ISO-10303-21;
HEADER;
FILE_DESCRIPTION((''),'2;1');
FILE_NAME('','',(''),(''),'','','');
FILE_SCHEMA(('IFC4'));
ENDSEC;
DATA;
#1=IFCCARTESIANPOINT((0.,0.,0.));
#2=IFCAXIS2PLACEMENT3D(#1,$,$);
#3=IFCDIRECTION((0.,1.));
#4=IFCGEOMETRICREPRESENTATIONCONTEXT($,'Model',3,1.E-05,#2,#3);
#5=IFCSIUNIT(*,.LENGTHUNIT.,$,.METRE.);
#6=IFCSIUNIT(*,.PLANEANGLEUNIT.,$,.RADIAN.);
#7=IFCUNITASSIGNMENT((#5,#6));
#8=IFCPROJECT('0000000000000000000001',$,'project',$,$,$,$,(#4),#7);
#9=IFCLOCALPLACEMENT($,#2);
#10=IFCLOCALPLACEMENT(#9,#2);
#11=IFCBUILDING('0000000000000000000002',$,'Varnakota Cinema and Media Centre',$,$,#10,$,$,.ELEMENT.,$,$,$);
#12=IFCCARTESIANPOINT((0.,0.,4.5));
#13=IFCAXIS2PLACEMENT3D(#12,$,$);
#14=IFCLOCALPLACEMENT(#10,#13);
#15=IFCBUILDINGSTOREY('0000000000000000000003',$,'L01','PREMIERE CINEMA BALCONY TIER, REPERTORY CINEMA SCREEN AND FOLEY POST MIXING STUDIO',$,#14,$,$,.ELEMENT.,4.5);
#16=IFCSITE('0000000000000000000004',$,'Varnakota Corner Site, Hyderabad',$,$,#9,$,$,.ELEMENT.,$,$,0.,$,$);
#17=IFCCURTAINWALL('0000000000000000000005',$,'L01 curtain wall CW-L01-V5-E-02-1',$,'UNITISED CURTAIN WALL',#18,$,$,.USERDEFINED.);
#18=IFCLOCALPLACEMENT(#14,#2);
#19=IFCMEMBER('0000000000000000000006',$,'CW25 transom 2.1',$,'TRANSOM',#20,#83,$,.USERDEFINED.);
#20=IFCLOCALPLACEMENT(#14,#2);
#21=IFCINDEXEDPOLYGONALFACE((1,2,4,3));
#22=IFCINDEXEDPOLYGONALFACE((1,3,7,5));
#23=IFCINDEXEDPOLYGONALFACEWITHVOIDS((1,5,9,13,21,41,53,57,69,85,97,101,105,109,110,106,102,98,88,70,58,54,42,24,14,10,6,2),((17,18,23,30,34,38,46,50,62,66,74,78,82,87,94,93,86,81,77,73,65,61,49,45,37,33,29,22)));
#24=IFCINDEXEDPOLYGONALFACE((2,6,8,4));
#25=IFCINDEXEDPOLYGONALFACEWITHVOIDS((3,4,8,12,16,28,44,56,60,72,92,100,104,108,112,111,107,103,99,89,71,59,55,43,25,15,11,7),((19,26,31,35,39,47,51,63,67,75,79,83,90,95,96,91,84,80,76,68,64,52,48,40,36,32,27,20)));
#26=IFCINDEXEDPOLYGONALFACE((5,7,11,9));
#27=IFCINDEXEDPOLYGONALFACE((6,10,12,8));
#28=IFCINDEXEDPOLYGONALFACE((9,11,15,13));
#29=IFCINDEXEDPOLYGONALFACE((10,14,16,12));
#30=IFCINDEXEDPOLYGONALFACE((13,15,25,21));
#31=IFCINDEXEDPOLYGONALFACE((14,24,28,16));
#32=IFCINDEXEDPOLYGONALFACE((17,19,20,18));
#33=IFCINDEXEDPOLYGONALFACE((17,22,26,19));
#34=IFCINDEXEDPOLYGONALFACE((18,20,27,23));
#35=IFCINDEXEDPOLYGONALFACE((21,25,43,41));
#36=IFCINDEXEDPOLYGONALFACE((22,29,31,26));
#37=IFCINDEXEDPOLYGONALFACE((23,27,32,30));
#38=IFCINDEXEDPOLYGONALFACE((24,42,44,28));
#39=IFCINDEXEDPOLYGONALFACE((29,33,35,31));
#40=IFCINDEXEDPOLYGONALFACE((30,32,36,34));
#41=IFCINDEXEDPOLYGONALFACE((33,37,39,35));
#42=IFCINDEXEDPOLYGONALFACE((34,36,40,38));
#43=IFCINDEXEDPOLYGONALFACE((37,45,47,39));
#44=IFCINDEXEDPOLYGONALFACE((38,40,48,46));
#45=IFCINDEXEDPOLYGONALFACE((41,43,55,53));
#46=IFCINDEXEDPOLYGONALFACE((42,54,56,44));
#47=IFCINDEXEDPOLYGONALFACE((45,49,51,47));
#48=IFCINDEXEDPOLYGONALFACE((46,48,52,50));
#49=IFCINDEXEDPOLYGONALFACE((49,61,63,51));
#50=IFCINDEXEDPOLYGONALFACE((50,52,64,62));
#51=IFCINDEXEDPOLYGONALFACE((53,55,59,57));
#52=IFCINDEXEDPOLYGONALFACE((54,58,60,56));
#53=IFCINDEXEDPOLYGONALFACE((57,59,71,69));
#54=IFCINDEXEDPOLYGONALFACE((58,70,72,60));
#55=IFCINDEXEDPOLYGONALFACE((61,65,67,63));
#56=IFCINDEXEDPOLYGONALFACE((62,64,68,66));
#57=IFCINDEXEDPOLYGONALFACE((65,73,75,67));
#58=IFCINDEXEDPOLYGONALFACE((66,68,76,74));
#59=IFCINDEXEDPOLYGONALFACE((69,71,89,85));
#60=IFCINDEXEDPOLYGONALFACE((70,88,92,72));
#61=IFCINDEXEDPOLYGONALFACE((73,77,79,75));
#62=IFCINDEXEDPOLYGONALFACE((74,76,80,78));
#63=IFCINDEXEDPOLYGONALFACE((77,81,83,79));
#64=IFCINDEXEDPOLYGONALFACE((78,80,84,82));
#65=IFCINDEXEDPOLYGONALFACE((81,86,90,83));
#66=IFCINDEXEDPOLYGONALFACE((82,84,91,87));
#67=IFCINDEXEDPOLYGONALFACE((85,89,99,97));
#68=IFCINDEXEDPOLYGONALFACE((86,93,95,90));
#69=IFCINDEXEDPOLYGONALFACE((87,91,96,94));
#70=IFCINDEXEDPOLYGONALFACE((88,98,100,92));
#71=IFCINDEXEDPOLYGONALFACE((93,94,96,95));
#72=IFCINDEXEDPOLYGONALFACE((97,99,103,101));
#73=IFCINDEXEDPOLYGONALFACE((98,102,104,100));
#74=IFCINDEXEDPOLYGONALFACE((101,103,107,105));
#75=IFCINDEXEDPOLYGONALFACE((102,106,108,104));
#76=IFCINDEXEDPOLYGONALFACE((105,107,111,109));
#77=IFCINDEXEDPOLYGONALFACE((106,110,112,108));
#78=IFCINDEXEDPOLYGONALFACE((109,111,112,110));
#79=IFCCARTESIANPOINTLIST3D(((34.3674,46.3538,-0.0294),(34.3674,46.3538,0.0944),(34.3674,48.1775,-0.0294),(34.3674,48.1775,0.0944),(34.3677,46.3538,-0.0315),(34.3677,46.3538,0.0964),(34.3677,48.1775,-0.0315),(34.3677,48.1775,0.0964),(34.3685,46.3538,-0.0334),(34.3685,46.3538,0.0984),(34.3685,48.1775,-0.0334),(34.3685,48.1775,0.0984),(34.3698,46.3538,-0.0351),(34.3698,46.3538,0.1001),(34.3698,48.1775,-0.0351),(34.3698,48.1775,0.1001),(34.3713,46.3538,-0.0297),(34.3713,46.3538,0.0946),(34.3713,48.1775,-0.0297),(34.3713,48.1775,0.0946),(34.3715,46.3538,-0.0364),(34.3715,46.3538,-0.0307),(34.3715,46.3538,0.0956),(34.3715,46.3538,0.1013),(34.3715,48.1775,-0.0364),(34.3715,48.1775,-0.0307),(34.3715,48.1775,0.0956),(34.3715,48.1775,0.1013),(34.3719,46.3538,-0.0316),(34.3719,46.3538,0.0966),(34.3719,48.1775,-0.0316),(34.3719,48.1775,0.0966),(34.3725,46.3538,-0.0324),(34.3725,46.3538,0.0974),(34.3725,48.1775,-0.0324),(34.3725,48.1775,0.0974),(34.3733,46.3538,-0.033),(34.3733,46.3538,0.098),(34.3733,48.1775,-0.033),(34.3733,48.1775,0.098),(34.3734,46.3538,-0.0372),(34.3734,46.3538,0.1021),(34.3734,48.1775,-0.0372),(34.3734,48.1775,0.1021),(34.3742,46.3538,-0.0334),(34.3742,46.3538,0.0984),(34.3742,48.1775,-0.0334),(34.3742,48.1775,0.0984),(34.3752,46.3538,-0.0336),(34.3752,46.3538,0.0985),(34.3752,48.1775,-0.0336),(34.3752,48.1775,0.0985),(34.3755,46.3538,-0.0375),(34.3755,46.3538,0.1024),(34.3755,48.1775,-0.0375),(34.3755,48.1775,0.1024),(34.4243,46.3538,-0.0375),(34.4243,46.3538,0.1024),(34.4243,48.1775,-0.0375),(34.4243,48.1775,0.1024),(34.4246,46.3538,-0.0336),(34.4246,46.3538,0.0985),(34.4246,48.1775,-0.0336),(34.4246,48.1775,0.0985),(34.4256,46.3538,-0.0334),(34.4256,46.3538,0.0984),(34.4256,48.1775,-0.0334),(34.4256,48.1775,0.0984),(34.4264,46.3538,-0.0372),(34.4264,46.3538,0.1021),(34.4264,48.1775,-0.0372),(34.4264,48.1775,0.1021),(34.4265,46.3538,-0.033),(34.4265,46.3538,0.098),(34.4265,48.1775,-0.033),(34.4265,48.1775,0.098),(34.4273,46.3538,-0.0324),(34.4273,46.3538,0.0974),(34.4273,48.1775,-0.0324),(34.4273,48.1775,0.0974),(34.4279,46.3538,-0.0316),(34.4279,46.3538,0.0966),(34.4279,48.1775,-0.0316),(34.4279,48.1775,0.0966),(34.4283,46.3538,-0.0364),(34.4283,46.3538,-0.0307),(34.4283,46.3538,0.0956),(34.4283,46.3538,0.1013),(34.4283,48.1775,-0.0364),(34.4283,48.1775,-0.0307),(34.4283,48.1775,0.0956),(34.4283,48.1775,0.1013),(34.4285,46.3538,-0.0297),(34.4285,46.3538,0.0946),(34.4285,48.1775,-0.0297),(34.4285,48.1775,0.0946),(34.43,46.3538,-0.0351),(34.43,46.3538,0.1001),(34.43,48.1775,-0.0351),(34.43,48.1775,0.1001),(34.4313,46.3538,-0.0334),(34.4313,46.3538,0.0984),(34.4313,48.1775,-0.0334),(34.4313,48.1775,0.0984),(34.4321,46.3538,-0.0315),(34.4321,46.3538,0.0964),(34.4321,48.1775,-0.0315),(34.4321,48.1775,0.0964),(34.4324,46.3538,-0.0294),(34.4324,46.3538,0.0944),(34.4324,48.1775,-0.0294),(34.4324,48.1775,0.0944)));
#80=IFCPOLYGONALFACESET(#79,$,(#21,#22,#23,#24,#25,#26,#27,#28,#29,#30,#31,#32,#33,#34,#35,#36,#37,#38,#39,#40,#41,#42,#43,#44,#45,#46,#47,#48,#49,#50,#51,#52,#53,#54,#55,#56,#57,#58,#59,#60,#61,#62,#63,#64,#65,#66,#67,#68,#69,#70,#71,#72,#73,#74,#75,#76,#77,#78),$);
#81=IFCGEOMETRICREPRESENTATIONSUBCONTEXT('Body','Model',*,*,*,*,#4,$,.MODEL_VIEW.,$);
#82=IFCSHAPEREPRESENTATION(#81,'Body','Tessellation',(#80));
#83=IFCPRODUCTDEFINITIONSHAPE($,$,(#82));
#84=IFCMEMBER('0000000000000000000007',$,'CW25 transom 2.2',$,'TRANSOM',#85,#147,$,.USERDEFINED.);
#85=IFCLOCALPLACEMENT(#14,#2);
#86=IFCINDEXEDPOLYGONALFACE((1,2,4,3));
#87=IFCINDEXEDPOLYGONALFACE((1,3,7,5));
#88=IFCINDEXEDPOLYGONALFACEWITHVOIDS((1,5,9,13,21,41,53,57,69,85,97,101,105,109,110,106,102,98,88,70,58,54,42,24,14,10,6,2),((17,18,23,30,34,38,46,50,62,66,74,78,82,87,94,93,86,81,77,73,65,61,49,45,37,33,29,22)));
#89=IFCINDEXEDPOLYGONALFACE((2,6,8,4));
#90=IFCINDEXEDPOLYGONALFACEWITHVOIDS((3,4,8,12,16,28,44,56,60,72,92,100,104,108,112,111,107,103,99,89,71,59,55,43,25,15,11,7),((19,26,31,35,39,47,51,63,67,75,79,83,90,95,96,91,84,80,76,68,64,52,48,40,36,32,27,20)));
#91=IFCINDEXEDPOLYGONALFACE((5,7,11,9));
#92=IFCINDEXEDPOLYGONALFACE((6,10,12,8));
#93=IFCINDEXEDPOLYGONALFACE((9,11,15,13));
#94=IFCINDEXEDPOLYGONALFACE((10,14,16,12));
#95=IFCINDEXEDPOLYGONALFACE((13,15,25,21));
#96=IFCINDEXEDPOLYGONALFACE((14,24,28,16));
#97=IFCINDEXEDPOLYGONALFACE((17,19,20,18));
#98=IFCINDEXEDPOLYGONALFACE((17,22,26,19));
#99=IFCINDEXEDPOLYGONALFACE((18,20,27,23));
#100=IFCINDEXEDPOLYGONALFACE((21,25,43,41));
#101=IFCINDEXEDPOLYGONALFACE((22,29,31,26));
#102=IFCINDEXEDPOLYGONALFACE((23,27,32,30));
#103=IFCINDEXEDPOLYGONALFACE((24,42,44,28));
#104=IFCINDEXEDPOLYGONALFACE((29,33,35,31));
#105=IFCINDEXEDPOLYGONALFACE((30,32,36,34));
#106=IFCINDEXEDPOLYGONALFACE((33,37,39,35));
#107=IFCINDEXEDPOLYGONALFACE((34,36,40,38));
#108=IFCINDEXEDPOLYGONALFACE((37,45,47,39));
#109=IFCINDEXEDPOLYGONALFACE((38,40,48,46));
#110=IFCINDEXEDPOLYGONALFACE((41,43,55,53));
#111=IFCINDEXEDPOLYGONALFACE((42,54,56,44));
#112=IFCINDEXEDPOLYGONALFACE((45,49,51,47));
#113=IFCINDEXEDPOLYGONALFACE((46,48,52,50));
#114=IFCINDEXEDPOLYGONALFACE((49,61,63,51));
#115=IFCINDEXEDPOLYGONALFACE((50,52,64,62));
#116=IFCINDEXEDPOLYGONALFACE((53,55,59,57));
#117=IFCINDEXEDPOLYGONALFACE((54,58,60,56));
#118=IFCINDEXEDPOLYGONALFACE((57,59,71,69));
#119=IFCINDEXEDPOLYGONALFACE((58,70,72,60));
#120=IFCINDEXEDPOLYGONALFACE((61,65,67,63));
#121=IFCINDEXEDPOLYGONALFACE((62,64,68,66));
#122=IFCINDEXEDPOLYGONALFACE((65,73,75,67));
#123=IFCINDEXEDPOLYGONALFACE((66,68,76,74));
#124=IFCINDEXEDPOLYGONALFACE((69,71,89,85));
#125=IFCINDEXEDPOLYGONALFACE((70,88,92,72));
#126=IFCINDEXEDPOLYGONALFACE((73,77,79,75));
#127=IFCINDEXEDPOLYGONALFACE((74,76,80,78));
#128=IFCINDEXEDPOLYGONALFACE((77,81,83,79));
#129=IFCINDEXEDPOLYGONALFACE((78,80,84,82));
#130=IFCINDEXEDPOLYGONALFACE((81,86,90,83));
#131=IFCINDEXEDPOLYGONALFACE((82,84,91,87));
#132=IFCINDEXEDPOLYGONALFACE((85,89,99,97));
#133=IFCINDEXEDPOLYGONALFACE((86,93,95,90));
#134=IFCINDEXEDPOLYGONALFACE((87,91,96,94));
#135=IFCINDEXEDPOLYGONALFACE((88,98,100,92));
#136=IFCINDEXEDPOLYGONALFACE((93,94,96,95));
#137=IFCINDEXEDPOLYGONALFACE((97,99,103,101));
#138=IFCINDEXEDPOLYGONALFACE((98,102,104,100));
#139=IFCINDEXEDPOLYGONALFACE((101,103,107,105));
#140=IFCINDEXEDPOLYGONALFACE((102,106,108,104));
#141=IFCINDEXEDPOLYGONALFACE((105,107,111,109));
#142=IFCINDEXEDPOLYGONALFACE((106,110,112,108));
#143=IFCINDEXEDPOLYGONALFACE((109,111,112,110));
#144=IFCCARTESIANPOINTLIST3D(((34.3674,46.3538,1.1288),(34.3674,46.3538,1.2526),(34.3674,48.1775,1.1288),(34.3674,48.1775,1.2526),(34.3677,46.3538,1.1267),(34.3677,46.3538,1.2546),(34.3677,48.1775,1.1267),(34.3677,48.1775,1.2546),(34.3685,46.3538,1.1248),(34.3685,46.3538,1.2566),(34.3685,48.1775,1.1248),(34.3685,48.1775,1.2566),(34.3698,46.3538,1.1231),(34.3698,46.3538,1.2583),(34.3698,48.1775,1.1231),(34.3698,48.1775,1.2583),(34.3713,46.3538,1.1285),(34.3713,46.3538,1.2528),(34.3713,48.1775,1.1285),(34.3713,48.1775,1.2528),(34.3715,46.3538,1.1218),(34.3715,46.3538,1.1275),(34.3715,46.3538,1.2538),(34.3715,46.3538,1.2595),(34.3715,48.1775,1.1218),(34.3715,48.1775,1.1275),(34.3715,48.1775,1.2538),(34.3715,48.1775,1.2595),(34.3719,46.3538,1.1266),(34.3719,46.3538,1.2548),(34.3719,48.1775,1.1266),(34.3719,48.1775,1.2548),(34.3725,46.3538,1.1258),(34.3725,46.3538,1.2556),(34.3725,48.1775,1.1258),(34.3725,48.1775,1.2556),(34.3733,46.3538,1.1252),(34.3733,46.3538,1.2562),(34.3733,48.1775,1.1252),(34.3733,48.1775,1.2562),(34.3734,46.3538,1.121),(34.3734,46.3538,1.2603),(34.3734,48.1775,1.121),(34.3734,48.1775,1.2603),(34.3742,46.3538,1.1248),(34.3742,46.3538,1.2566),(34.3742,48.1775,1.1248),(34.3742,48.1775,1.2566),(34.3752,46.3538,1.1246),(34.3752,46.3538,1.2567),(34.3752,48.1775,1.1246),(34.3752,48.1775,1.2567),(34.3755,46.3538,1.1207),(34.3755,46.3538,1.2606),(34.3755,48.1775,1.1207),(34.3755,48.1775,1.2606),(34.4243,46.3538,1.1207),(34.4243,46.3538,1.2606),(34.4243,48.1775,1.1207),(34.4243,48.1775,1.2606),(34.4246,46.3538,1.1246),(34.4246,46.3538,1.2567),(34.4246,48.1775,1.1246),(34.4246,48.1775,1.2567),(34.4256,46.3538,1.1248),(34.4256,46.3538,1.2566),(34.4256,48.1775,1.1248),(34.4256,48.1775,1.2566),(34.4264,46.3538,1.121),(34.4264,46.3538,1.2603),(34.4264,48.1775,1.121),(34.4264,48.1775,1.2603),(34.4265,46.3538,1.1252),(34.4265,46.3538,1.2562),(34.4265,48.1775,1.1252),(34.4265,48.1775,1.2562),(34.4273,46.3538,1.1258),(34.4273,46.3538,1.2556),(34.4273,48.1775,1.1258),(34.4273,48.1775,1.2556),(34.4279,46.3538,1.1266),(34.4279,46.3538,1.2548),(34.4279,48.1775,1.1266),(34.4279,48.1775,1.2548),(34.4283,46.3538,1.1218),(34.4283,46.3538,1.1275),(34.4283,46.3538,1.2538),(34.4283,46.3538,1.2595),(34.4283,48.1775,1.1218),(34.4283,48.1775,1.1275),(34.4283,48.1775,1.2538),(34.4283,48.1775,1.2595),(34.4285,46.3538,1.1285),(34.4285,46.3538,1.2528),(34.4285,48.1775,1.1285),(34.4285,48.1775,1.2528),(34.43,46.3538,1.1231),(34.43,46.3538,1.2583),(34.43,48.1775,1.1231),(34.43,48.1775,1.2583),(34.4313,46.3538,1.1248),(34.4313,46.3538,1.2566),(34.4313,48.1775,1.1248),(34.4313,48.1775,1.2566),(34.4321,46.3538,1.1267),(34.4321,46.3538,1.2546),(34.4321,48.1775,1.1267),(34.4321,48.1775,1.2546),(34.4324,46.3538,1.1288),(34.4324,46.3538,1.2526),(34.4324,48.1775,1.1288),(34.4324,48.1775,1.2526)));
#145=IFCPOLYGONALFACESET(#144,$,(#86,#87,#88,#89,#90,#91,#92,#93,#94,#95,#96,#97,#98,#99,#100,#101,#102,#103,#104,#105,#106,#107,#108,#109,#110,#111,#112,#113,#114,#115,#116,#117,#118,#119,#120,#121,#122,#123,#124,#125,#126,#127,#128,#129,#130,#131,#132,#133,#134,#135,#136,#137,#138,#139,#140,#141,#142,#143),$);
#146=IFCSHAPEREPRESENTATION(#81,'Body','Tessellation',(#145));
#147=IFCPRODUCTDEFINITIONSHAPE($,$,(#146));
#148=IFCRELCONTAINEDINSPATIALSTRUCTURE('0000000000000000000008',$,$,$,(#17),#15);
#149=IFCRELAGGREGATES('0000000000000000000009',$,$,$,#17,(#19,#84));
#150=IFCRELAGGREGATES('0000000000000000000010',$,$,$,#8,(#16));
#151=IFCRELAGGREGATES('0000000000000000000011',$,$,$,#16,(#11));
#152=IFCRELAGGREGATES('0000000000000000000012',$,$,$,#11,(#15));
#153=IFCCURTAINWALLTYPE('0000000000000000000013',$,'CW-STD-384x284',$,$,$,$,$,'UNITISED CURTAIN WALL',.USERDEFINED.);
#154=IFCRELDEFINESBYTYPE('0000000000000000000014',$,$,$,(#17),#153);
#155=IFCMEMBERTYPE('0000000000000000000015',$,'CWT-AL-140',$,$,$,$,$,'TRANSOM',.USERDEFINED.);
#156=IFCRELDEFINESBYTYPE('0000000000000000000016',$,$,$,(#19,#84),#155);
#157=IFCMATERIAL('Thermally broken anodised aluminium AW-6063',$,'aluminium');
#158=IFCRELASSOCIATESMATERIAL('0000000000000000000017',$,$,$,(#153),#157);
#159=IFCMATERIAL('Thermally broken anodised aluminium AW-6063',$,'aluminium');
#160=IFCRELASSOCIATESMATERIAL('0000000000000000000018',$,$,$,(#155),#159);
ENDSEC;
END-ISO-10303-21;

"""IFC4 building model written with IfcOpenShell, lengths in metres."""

from ifc_helpers import new_model, si_unit, direction, frame, origin, origin_2d, place, context, subcontext, project, spatial, hollow_rectangle, extrude, material, material_profile, profile_set, type_object, element, aggregate, save


model = new_model("IFC4")

# Units and contexts
model_context = context("Model", 3, precision=1e-05, world=origin(), true_north=direction((0.0, 1.0)))
body_context = subcontext(model_context, "Body", "Model", "MODEL_VIEW")
ifc_project = project(units=[si_unit("LENGTHUNIT", "METRE"), si_unit("PLANEANGLEUNIT", "RADIAN")], contexts=[model_context])

# Site, building, storey
site_placement = place(None, origin())
site = spatial("IfcSite", under=ifc_project, at=site_placement, Name="Varnakota Corner Site, Hyderabad", CompositionType="ELEMENT", RefElevation=0.0)
building_placement = place(site_placement, origin())
building = spatial("IfcBuilding", under=site, at=building_placement, Name="Varnakota Cinema and Media Centre", CompositionType="ELEMENT")
storey_placement = place(building_placement, frame((0.0, 0.0, 4.5)))
storey = spatial("IfcBuildingStorey", under=building, at=storey_placement, Name="L01", Description="PREMIERE CINEMA BALCONY TIER, REPERTORY CINEMA SCREEN AND FOLEY POST MIXING STUDIO", CompositionType="ELEMENT", Elevation=4.5)

# Curtain wall
ifc_material_1 = material(Name="Thermally broken anodised aluminium AW-6063", Category="aluminium")
curtain_wall_type = type_object("IfcCurtainWallType", Name="CW-STD-384x284", ElementType="UNITISED CURTAIN WALL", PredefinedType="USERDEFINED", material=ifc_material_1)
curtain_wall_1_placement = place(storey_placement, origin())
curtain_wall_1 = element("IfcCurtainWall", 1, at=curtain_wall_1_placement, inside=storey, type_object=curtain_wall_type, Name="L01 curtain wall CW-L01-V5-E-02-1", ObjectType="UNITISED CURTAIN WALL", PredefinedType="USERDEFINED")

# Members
ifc_material_2 = material(Name="Thermally broken anodised aluminium AW-6063", Category="aluminium")
ifc_material_profile_1 = material_profile(ifc_material_2, hollow_rectangle(XDim=0.0649, YDim=0.1399, WallThickness=0.0039, InnerFilletRadius=0.0039, OuterFilletRadius=0.0081, at=origin_2d()), Name="AL-TRANSOM 140x65x4")
ifc_profile_set_1 = profile_set([ifc_material_profile_1], Name="Thermally broken anodised aluminium AW-6063")
member_type_1 = type_object("IfcMemberType", Name="CWT-AL-140", ElementType="TRANSOM", PredefinedType="USERDEFINED", material=ifc_profile_set_1)
member_1_placement = place(storey_placement, frame((34.3999, 46.3538, 0.0325), z_axis=(0.0, 1.0, 0.0), x_axis=(-1.0, 0.0, 0.0)))
member_1 = element("IfcMember", 2, at=member_1_placement, type_object=member_type_1, Name="CW25 transom 2.1", ObjectType="TRANSOM", PredefinedType="USERDEFINED", context=body_context, shape_type="SweptSolid", body=[
    extrude(hollow_rectangle(XDim=0.0649, YDim=0.1399, WallThickness=0.0039, InnerFilletRadius=0.0039, OuterFilletRadius=0.0081, at=origin_2d()), origin(), (0.0, 0.0, 1.0), 1.8237),
])
member_2_placement = place(storey_placement, frame((34.3999, 46.3538, 1.1907), z_axis=(0.0, 1.0, 0.0), x_axis=(-1.0, 0.0, 0.0)))
member_2 = element("IfcMember", 3, at=member_2_placement, type_object=member_type_1, Name="CW25 transom 2.2", ObjectType="TRANSOM", PredefinedType="USERDEFINED", context=body_context, shape_type="SweptSolid", body=[
    extrude(hollow_rectangle(XDim=0.0649, YDim=0.1399, WallThickness=0.0039, InnerFilletRadius=0.0039, OuterFilletRadius=0.0081, at=origin_2d()), origin(), (0.0, 0.0, 1.0), 1.8237),
])

aggregate(curtain_wall_1, [member_1, member_2])

save(model, "model.ifc")
